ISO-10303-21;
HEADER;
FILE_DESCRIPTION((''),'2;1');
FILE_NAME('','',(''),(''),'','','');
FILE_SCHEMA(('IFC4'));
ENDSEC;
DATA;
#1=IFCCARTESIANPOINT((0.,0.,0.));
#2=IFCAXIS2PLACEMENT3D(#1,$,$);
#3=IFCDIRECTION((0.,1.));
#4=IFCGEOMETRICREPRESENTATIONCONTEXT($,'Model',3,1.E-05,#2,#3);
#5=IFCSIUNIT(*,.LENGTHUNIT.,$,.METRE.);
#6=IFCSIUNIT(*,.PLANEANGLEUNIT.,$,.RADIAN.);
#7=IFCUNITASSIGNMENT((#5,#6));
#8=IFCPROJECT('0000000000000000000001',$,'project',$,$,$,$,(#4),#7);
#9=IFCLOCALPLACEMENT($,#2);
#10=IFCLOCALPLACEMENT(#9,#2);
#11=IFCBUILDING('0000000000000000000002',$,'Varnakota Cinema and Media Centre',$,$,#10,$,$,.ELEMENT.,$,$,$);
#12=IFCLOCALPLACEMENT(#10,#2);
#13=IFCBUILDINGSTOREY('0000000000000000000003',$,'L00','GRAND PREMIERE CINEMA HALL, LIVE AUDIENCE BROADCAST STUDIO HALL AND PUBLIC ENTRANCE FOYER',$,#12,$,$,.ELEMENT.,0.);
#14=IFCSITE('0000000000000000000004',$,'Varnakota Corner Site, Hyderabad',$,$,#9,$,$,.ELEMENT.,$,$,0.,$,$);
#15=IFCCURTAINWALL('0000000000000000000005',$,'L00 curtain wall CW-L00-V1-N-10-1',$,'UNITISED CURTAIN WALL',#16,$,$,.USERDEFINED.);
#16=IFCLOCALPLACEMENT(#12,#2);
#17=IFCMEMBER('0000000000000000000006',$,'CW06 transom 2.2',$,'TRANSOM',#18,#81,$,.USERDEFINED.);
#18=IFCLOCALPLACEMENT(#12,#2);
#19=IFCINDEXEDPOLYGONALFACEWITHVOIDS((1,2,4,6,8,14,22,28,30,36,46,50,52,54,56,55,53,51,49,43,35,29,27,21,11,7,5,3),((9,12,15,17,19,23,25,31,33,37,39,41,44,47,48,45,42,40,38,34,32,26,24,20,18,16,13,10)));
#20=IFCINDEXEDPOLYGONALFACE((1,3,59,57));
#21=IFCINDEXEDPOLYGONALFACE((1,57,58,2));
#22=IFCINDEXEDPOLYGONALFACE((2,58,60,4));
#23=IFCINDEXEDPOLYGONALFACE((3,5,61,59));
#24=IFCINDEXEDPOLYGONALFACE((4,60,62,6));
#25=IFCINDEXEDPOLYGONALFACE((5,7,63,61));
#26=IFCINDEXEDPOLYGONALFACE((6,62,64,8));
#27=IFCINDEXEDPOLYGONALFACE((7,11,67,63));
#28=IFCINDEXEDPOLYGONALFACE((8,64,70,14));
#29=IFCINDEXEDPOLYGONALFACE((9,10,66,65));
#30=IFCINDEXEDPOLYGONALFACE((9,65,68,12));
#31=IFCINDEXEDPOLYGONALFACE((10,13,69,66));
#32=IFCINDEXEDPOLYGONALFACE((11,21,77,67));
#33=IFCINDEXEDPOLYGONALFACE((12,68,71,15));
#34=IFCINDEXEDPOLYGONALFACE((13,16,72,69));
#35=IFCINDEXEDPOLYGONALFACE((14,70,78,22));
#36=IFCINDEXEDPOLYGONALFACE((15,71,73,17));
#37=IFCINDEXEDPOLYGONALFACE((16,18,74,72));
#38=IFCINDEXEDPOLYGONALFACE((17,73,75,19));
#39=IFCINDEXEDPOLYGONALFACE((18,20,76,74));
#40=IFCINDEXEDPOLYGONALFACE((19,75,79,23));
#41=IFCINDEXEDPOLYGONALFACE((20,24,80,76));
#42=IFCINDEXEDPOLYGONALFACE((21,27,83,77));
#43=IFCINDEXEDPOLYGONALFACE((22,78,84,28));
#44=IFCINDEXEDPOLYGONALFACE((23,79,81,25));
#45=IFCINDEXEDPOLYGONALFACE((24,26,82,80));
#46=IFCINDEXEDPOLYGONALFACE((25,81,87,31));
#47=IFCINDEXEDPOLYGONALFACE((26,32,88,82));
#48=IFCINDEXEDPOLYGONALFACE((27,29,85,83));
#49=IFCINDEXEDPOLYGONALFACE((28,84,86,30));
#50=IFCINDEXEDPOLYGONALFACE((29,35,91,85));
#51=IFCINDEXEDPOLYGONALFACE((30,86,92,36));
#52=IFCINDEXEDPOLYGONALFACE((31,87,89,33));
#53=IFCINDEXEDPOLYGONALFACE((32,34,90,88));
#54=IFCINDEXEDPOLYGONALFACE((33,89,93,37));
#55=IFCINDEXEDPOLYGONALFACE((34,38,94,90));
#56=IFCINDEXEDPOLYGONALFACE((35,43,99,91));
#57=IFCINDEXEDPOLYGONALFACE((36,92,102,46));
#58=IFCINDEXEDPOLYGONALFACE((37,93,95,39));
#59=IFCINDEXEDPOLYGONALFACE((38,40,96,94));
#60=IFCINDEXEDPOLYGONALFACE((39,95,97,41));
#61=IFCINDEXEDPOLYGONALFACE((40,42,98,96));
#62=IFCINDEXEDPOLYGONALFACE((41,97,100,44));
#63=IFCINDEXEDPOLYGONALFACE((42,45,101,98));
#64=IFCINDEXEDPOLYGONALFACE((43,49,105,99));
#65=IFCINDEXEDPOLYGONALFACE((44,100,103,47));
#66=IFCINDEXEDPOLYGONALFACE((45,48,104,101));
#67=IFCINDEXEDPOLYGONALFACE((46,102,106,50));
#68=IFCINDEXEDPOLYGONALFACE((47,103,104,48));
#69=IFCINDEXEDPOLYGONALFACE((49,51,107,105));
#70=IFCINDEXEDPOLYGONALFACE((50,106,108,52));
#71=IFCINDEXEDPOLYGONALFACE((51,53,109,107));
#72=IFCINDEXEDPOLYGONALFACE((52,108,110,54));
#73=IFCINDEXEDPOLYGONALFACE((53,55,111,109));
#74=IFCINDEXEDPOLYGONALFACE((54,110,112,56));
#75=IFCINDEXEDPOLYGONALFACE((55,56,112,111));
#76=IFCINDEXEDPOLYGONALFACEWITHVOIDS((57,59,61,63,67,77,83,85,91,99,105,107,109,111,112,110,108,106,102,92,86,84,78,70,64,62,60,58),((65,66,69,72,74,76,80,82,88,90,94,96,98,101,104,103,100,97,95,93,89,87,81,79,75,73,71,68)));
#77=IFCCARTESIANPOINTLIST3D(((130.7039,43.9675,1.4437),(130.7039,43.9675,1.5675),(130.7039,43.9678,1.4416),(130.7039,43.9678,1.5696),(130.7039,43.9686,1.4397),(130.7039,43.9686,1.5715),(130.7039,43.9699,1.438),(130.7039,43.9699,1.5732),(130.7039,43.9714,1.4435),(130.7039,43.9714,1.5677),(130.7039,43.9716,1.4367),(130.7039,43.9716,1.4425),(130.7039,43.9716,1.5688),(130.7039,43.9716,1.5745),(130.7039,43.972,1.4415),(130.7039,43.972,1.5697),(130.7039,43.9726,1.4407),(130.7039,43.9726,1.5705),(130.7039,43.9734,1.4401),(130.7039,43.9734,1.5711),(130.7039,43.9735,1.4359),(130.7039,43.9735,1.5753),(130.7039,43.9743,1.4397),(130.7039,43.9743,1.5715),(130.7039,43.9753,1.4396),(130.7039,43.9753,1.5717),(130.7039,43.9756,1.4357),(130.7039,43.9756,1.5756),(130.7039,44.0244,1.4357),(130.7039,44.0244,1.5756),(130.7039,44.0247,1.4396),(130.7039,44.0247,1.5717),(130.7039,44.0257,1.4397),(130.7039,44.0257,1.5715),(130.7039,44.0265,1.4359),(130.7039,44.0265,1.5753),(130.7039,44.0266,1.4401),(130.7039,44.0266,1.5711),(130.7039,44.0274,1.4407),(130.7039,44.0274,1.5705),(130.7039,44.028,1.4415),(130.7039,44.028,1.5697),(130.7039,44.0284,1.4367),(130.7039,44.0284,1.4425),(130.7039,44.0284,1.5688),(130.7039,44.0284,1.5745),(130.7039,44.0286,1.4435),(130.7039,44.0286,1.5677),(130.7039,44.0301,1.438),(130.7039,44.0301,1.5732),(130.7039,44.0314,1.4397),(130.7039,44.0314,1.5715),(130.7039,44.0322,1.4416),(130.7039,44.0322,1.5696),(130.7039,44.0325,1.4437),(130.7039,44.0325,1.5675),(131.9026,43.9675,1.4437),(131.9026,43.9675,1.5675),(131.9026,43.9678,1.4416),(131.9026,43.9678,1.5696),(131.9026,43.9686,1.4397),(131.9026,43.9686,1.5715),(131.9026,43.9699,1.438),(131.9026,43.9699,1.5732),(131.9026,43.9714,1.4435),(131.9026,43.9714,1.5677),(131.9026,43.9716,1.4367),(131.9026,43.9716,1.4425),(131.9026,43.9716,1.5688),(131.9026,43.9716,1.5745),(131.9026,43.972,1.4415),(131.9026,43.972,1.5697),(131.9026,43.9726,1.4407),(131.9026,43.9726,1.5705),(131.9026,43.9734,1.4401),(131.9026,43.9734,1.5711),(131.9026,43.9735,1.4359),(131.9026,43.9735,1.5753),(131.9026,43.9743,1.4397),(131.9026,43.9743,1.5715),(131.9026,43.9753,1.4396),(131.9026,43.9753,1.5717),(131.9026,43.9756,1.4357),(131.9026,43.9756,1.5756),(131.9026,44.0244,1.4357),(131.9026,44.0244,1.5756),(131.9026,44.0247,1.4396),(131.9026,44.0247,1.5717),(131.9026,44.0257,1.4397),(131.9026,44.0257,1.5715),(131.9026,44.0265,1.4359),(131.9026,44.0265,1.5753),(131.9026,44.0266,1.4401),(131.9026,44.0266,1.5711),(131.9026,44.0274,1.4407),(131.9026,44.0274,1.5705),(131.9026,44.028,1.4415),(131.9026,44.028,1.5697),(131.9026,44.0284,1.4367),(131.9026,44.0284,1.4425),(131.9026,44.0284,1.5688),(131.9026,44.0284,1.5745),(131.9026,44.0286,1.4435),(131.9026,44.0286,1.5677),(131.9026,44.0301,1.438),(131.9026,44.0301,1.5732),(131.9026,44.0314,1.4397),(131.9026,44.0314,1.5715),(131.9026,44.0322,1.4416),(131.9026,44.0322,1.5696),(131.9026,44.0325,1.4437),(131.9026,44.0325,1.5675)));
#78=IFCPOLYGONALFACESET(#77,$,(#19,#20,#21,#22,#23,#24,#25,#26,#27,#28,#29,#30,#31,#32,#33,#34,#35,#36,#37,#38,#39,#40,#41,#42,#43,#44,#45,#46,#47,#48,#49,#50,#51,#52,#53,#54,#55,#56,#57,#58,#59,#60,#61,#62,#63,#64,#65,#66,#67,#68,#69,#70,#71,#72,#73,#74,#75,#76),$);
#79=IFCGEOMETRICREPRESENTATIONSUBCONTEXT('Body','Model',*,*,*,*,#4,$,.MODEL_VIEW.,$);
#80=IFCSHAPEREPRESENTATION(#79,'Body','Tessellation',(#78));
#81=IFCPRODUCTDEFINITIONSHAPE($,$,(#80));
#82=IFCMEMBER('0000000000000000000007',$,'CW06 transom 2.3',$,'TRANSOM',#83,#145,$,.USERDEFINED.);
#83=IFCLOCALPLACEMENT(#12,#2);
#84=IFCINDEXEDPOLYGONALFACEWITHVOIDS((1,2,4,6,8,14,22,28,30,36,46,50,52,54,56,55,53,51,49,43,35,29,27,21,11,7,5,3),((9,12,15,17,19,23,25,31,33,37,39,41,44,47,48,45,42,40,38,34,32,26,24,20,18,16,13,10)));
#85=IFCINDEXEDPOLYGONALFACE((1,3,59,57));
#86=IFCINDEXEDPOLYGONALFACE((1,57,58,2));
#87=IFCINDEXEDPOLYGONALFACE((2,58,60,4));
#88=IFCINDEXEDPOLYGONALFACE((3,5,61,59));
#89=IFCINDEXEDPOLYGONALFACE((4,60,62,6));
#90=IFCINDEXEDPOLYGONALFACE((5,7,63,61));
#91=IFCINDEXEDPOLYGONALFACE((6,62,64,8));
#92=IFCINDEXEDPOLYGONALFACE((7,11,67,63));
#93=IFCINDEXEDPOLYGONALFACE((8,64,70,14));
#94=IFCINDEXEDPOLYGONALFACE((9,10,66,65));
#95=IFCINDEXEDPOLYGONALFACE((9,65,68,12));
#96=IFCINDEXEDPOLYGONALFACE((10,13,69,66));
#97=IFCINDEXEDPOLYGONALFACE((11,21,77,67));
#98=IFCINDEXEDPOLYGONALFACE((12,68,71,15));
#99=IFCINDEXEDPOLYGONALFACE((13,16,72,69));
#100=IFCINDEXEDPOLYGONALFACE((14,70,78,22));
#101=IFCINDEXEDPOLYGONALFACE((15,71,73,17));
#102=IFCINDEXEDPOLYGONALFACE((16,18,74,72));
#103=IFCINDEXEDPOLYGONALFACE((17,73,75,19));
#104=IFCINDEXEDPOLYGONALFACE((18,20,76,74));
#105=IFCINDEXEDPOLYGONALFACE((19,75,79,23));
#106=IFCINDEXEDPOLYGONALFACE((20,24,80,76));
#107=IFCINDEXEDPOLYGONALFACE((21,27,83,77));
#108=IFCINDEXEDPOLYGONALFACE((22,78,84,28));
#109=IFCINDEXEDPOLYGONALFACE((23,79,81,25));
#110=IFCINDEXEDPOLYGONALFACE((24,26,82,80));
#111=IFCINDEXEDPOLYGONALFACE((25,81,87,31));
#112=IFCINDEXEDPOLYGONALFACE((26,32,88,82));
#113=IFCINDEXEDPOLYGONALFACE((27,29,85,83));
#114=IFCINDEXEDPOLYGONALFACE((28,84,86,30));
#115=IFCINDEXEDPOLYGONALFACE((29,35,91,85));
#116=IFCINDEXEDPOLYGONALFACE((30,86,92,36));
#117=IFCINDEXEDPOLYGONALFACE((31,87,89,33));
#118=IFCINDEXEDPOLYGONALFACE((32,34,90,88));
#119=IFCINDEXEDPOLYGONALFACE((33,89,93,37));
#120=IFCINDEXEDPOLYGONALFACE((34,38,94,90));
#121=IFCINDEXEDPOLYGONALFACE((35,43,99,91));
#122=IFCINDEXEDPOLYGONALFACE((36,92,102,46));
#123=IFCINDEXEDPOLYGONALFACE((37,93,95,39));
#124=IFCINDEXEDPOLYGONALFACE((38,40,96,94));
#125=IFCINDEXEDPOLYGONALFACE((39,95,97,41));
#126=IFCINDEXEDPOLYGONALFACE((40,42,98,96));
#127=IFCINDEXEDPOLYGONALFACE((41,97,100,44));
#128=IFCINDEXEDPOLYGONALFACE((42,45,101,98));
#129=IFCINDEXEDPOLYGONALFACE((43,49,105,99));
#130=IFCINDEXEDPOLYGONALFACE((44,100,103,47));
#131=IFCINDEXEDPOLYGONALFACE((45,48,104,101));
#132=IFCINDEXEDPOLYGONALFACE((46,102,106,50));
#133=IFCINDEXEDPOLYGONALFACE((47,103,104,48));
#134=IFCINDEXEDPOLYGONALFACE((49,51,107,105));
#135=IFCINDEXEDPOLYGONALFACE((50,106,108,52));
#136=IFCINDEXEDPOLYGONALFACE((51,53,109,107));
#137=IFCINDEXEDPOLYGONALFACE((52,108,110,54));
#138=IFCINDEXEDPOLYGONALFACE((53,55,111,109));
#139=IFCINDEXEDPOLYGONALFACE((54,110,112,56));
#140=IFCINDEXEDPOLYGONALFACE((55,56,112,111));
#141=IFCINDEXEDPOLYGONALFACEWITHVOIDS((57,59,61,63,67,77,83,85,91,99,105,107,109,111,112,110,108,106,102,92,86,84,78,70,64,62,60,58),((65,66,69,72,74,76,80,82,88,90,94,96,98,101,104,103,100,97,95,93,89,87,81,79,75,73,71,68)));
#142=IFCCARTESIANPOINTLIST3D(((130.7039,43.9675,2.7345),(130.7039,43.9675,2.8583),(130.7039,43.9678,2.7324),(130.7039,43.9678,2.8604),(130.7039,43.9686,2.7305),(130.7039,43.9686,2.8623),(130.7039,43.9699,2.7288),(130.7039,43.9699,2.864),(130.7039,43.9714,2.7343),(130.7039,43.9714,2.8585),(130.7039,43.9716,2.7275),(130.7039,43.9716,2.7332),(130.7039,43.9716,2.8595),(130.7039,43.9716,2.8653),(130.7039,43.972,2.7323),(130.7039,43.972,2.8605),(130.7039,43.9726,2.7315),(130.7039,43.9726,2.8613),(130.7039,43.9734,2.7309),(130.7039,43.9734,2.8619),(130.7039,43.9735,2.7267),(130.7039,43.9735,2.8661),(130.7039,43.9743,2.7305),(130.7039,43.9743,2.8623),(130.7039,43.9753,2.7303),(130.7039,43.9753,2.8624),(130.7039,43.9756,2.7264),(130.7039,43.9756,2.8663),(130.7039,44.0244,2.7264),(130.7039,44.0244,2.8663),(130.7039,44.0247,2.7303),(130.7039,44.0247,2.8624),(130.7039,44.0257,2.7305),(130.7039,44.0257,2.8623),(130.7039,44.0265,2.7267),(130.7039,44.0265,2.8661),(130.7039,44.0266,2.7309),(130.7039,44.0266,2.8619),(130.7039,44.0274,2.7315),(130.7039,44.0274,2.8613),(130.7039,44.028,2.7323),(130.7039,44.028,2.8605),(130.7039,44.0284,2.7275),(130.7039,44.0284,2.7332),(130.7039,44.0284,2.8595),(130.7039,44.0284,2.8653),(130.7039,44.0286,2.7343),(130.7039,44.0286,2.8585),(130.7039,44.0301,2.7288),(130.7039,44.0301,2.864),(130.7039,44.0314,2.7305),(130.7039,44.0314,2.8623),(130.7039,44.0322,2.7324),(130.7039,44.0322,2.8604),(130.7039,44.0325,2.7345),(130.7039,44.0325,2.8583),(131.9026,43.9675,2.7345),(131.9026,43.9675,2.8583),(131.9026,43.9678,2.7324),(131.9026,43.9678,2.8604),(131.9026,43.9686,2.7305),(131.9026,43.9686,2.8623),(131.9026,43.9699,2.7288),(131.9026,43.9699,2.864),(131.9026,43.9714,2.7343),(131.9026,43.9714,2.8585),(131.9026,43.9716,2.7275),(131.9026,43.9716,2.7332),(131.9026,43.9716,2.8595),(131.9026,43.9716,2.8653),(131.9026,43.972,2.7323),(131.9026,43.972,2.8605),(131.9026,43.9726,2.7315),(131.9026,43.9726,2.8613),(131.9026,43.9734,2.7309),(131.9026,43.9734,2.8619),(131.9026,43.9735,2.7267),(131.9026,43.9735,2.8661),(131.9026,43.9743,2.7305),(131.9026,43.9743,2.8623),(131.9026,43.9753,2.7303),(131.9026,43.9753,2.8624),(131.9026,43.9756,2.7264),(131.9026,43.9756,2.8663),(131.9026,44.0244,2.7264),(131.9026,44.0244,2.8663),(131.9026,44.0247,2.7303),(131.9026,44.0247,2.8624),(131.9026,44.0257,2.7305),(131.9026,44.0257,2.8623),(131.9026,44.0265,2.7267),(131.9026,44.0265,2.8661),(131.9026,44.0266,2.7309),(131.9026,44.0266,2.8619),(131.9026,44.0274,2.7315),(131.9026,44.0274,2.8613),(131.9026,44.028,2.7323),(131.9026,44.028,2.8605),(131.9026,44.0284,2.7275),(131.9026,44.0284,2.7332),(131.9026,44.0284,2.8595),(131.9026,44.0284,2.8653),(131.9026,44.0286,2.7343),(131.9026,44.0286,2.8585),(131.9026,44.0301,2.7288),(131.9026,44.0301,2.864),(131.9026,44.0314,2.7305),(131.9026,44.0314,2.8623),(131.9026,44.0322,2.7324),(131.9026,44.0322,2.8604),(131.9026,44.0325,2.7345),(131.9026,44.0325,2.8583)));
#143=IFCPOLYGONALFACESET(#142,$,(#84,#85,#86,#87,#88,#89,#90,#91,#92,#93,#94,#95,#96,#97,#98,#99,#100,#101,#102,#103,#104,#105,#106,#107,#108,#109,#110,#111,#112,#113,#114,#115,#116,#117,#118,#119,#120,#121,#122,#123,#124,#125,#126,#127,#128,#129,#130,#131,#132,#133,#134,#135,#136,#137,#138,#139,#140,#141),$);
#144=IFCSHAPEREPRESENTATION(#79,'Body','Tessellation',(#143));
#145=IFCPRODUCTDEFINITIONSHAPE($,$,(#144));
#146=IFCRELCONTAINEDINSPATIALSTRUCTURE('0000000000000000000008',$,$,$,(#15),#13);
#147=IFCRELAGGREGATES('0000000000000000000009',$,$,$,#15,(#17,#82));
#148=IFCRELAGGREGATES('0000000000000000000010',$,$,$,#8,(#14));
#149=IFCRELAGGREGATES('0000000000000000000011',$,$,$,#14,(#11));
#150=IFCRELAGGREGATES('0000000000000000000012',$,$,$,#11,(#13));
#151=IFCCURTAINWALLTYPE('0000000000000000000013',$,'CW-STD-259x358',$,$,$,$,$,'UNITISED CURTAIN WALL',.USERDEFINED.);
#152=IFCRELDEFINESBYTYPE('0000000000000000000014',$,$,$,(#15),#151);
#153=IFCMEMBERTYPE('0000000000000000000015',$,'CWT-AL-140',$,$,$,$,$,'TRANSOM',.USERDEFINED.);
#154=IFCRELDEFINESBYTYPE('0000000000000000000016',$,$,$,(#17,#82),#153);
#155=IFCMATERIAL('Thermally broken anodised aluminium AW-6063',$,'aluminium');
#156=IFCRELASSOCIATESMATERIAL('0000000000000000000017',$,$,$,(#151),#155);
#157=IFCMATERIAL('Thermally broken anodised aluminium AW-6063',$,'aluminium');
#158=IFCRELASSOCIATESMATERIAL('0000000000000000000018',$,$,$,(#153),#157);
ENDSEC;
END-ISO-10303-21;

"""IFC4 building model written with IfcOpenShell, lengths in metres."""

from ifc_helpers import new_model, si_unit, direction, frame, origin, origin_2d, place, context, subcontext, project, spatial, hollow_rectangle, extrude, material, material_profile, profile_set, type_object, element, aggregate, save


model = new_model("IFC4")

# Units and contexts
model_context = context("Model", 3, precision=1e-05, world=origin(), true_north=direction((0.0, 1.0)))
body_context = subcontext(model_context, "Body", "Model", "MODEL_VIEW")
ifc_project = project(units=[si_unit("LENGTHUNIT", "METRE"), si_unit("PLANEANGLEUNIT", "RADIAN")], contexts=[model_context])

# Site, building, storey
site_placement = place(None, origin())
site = spatial("IfcSite", under=ifc_project, at=site_placement, Name="Varnakota Corner Site, Hyderabad", CompositionType="ELEMENT", RefElevation=0.0)
building_placement = place(site_placement, origin())
building = spatial("IfcBuilding", under=site, at=building_placement, Name="Varnakota Cinema and Media Centre", CompositionType="ELEMENT")
storey_placement = place(building_placement, origin())
storey = spatial("IfcBuildingStorey", under=building, at=storey_placement, Name="L00", Description="GRAND PREMIERE CINEMA HALL, LIVE AUDIENCE BROADCAST STUDIO HALL AND PUBLIC ENTRANCE FOYER", CompositionType="ELEMENT", Elevation=0.0)

# Curtain wall
ifc_material_1 = material(Name="Thermally broken anodised aluminium AW-6063", Category="aluminium")
curtain_wall_type = type_object("IfcCurtainWallType", Name="CW-STD-259x358", ElementType="UNITISED CURTAIN WALL", PredefinedType="USERDEFINED", material=ifc_material_1)
curtain_wall_1_placement = place(storey_placement, origin())
curtain_wall_1 = element("IfcCurtainWall", 1, at=curtain_wall_1_placement, inside=storey, type_object=curtain_wall_type, Name="L00 curtain wall CW-L00-V1-N-10-1", ObjectType="UNITISED CURTAIN WALL", PredefinedType="USERDEFINED")

# Members
ifc_material_2 = material(Name="Thermally broken anodised aluminium AW-6063", Category="aluminium")
ifc_material_profile_1 = material_profile(ifc_material_2, hollow_rectangle(XDim=0.0649, YDim=0.1399, WallThickness=0.0039, InnerFilletRadius=0.0039, OuterFilletRadius=0.0081, at=origin_2d()), Name="AL-TRANSOM 140x65x4")
ifc_profile_set_1 = profile_set([ifc_material_profile_1], Name="Thermally broken anodised aluminium AW-6063")
member_type_1 = type_object("IfcMemberType", Name="CWT-AL-140", ElementType="TRANSOM", PredefinedType="USERDEFINED", material=ifc_profile_set_1)
member_1_placement = place(storey_placement, frame((130.7039, 44.0, 1.5056), z_axis=(1.0, 0.0, 0.0), x_axis=(0.0, 1.0, 0.0)))
member_1 = element("IfcMember", 2, at=member_1_placement, type_object=member_type_1, Name="CW06 transom 2.2", ObjectType="TRANSOM", PredefinedType="USERDEFINED", context=body_context, shape_type="SweptSolid", body=[
    extrude(hollow_rectangle(XDim=0.0649, YDim=0.1399, WallThickness=0.0039, InnerFilletRadius=0.0039, OuterFilletRadius=0.0081, at=origin_2d()), origin(), (0.0, 0.0, 1.0), 1.1987),
])
member_2_placement = place(storey_placement, frame((130.7039, 44.0, 2.7964), z_axis=(1.0, 0.0, 0.0), x_axis=(0.0, 1.0, 0.0)))
member_2 = element("IfcMember", 3, at=member_2_placement, type_object=member_type_1, Name="CW06 transom 2.3", ObjectType="TRANSOM", PredefinedType="USERDEFINED", context=body_context, shape_type="SweptSolid", body=[
    extrude(hollow_rectangle(XDim=0.0649, YDim=0.1399, WallThickness=0.0039, InnerFilletRadius=0.0039, OuterFilletRadius=0.0081, at=origin_2d()), origin(), (0.0, 0.0, 1.0), 1.1987),
])

aggregate(curtain_wall_1, [member_1, member_2])

save(model, "model.ifc")
